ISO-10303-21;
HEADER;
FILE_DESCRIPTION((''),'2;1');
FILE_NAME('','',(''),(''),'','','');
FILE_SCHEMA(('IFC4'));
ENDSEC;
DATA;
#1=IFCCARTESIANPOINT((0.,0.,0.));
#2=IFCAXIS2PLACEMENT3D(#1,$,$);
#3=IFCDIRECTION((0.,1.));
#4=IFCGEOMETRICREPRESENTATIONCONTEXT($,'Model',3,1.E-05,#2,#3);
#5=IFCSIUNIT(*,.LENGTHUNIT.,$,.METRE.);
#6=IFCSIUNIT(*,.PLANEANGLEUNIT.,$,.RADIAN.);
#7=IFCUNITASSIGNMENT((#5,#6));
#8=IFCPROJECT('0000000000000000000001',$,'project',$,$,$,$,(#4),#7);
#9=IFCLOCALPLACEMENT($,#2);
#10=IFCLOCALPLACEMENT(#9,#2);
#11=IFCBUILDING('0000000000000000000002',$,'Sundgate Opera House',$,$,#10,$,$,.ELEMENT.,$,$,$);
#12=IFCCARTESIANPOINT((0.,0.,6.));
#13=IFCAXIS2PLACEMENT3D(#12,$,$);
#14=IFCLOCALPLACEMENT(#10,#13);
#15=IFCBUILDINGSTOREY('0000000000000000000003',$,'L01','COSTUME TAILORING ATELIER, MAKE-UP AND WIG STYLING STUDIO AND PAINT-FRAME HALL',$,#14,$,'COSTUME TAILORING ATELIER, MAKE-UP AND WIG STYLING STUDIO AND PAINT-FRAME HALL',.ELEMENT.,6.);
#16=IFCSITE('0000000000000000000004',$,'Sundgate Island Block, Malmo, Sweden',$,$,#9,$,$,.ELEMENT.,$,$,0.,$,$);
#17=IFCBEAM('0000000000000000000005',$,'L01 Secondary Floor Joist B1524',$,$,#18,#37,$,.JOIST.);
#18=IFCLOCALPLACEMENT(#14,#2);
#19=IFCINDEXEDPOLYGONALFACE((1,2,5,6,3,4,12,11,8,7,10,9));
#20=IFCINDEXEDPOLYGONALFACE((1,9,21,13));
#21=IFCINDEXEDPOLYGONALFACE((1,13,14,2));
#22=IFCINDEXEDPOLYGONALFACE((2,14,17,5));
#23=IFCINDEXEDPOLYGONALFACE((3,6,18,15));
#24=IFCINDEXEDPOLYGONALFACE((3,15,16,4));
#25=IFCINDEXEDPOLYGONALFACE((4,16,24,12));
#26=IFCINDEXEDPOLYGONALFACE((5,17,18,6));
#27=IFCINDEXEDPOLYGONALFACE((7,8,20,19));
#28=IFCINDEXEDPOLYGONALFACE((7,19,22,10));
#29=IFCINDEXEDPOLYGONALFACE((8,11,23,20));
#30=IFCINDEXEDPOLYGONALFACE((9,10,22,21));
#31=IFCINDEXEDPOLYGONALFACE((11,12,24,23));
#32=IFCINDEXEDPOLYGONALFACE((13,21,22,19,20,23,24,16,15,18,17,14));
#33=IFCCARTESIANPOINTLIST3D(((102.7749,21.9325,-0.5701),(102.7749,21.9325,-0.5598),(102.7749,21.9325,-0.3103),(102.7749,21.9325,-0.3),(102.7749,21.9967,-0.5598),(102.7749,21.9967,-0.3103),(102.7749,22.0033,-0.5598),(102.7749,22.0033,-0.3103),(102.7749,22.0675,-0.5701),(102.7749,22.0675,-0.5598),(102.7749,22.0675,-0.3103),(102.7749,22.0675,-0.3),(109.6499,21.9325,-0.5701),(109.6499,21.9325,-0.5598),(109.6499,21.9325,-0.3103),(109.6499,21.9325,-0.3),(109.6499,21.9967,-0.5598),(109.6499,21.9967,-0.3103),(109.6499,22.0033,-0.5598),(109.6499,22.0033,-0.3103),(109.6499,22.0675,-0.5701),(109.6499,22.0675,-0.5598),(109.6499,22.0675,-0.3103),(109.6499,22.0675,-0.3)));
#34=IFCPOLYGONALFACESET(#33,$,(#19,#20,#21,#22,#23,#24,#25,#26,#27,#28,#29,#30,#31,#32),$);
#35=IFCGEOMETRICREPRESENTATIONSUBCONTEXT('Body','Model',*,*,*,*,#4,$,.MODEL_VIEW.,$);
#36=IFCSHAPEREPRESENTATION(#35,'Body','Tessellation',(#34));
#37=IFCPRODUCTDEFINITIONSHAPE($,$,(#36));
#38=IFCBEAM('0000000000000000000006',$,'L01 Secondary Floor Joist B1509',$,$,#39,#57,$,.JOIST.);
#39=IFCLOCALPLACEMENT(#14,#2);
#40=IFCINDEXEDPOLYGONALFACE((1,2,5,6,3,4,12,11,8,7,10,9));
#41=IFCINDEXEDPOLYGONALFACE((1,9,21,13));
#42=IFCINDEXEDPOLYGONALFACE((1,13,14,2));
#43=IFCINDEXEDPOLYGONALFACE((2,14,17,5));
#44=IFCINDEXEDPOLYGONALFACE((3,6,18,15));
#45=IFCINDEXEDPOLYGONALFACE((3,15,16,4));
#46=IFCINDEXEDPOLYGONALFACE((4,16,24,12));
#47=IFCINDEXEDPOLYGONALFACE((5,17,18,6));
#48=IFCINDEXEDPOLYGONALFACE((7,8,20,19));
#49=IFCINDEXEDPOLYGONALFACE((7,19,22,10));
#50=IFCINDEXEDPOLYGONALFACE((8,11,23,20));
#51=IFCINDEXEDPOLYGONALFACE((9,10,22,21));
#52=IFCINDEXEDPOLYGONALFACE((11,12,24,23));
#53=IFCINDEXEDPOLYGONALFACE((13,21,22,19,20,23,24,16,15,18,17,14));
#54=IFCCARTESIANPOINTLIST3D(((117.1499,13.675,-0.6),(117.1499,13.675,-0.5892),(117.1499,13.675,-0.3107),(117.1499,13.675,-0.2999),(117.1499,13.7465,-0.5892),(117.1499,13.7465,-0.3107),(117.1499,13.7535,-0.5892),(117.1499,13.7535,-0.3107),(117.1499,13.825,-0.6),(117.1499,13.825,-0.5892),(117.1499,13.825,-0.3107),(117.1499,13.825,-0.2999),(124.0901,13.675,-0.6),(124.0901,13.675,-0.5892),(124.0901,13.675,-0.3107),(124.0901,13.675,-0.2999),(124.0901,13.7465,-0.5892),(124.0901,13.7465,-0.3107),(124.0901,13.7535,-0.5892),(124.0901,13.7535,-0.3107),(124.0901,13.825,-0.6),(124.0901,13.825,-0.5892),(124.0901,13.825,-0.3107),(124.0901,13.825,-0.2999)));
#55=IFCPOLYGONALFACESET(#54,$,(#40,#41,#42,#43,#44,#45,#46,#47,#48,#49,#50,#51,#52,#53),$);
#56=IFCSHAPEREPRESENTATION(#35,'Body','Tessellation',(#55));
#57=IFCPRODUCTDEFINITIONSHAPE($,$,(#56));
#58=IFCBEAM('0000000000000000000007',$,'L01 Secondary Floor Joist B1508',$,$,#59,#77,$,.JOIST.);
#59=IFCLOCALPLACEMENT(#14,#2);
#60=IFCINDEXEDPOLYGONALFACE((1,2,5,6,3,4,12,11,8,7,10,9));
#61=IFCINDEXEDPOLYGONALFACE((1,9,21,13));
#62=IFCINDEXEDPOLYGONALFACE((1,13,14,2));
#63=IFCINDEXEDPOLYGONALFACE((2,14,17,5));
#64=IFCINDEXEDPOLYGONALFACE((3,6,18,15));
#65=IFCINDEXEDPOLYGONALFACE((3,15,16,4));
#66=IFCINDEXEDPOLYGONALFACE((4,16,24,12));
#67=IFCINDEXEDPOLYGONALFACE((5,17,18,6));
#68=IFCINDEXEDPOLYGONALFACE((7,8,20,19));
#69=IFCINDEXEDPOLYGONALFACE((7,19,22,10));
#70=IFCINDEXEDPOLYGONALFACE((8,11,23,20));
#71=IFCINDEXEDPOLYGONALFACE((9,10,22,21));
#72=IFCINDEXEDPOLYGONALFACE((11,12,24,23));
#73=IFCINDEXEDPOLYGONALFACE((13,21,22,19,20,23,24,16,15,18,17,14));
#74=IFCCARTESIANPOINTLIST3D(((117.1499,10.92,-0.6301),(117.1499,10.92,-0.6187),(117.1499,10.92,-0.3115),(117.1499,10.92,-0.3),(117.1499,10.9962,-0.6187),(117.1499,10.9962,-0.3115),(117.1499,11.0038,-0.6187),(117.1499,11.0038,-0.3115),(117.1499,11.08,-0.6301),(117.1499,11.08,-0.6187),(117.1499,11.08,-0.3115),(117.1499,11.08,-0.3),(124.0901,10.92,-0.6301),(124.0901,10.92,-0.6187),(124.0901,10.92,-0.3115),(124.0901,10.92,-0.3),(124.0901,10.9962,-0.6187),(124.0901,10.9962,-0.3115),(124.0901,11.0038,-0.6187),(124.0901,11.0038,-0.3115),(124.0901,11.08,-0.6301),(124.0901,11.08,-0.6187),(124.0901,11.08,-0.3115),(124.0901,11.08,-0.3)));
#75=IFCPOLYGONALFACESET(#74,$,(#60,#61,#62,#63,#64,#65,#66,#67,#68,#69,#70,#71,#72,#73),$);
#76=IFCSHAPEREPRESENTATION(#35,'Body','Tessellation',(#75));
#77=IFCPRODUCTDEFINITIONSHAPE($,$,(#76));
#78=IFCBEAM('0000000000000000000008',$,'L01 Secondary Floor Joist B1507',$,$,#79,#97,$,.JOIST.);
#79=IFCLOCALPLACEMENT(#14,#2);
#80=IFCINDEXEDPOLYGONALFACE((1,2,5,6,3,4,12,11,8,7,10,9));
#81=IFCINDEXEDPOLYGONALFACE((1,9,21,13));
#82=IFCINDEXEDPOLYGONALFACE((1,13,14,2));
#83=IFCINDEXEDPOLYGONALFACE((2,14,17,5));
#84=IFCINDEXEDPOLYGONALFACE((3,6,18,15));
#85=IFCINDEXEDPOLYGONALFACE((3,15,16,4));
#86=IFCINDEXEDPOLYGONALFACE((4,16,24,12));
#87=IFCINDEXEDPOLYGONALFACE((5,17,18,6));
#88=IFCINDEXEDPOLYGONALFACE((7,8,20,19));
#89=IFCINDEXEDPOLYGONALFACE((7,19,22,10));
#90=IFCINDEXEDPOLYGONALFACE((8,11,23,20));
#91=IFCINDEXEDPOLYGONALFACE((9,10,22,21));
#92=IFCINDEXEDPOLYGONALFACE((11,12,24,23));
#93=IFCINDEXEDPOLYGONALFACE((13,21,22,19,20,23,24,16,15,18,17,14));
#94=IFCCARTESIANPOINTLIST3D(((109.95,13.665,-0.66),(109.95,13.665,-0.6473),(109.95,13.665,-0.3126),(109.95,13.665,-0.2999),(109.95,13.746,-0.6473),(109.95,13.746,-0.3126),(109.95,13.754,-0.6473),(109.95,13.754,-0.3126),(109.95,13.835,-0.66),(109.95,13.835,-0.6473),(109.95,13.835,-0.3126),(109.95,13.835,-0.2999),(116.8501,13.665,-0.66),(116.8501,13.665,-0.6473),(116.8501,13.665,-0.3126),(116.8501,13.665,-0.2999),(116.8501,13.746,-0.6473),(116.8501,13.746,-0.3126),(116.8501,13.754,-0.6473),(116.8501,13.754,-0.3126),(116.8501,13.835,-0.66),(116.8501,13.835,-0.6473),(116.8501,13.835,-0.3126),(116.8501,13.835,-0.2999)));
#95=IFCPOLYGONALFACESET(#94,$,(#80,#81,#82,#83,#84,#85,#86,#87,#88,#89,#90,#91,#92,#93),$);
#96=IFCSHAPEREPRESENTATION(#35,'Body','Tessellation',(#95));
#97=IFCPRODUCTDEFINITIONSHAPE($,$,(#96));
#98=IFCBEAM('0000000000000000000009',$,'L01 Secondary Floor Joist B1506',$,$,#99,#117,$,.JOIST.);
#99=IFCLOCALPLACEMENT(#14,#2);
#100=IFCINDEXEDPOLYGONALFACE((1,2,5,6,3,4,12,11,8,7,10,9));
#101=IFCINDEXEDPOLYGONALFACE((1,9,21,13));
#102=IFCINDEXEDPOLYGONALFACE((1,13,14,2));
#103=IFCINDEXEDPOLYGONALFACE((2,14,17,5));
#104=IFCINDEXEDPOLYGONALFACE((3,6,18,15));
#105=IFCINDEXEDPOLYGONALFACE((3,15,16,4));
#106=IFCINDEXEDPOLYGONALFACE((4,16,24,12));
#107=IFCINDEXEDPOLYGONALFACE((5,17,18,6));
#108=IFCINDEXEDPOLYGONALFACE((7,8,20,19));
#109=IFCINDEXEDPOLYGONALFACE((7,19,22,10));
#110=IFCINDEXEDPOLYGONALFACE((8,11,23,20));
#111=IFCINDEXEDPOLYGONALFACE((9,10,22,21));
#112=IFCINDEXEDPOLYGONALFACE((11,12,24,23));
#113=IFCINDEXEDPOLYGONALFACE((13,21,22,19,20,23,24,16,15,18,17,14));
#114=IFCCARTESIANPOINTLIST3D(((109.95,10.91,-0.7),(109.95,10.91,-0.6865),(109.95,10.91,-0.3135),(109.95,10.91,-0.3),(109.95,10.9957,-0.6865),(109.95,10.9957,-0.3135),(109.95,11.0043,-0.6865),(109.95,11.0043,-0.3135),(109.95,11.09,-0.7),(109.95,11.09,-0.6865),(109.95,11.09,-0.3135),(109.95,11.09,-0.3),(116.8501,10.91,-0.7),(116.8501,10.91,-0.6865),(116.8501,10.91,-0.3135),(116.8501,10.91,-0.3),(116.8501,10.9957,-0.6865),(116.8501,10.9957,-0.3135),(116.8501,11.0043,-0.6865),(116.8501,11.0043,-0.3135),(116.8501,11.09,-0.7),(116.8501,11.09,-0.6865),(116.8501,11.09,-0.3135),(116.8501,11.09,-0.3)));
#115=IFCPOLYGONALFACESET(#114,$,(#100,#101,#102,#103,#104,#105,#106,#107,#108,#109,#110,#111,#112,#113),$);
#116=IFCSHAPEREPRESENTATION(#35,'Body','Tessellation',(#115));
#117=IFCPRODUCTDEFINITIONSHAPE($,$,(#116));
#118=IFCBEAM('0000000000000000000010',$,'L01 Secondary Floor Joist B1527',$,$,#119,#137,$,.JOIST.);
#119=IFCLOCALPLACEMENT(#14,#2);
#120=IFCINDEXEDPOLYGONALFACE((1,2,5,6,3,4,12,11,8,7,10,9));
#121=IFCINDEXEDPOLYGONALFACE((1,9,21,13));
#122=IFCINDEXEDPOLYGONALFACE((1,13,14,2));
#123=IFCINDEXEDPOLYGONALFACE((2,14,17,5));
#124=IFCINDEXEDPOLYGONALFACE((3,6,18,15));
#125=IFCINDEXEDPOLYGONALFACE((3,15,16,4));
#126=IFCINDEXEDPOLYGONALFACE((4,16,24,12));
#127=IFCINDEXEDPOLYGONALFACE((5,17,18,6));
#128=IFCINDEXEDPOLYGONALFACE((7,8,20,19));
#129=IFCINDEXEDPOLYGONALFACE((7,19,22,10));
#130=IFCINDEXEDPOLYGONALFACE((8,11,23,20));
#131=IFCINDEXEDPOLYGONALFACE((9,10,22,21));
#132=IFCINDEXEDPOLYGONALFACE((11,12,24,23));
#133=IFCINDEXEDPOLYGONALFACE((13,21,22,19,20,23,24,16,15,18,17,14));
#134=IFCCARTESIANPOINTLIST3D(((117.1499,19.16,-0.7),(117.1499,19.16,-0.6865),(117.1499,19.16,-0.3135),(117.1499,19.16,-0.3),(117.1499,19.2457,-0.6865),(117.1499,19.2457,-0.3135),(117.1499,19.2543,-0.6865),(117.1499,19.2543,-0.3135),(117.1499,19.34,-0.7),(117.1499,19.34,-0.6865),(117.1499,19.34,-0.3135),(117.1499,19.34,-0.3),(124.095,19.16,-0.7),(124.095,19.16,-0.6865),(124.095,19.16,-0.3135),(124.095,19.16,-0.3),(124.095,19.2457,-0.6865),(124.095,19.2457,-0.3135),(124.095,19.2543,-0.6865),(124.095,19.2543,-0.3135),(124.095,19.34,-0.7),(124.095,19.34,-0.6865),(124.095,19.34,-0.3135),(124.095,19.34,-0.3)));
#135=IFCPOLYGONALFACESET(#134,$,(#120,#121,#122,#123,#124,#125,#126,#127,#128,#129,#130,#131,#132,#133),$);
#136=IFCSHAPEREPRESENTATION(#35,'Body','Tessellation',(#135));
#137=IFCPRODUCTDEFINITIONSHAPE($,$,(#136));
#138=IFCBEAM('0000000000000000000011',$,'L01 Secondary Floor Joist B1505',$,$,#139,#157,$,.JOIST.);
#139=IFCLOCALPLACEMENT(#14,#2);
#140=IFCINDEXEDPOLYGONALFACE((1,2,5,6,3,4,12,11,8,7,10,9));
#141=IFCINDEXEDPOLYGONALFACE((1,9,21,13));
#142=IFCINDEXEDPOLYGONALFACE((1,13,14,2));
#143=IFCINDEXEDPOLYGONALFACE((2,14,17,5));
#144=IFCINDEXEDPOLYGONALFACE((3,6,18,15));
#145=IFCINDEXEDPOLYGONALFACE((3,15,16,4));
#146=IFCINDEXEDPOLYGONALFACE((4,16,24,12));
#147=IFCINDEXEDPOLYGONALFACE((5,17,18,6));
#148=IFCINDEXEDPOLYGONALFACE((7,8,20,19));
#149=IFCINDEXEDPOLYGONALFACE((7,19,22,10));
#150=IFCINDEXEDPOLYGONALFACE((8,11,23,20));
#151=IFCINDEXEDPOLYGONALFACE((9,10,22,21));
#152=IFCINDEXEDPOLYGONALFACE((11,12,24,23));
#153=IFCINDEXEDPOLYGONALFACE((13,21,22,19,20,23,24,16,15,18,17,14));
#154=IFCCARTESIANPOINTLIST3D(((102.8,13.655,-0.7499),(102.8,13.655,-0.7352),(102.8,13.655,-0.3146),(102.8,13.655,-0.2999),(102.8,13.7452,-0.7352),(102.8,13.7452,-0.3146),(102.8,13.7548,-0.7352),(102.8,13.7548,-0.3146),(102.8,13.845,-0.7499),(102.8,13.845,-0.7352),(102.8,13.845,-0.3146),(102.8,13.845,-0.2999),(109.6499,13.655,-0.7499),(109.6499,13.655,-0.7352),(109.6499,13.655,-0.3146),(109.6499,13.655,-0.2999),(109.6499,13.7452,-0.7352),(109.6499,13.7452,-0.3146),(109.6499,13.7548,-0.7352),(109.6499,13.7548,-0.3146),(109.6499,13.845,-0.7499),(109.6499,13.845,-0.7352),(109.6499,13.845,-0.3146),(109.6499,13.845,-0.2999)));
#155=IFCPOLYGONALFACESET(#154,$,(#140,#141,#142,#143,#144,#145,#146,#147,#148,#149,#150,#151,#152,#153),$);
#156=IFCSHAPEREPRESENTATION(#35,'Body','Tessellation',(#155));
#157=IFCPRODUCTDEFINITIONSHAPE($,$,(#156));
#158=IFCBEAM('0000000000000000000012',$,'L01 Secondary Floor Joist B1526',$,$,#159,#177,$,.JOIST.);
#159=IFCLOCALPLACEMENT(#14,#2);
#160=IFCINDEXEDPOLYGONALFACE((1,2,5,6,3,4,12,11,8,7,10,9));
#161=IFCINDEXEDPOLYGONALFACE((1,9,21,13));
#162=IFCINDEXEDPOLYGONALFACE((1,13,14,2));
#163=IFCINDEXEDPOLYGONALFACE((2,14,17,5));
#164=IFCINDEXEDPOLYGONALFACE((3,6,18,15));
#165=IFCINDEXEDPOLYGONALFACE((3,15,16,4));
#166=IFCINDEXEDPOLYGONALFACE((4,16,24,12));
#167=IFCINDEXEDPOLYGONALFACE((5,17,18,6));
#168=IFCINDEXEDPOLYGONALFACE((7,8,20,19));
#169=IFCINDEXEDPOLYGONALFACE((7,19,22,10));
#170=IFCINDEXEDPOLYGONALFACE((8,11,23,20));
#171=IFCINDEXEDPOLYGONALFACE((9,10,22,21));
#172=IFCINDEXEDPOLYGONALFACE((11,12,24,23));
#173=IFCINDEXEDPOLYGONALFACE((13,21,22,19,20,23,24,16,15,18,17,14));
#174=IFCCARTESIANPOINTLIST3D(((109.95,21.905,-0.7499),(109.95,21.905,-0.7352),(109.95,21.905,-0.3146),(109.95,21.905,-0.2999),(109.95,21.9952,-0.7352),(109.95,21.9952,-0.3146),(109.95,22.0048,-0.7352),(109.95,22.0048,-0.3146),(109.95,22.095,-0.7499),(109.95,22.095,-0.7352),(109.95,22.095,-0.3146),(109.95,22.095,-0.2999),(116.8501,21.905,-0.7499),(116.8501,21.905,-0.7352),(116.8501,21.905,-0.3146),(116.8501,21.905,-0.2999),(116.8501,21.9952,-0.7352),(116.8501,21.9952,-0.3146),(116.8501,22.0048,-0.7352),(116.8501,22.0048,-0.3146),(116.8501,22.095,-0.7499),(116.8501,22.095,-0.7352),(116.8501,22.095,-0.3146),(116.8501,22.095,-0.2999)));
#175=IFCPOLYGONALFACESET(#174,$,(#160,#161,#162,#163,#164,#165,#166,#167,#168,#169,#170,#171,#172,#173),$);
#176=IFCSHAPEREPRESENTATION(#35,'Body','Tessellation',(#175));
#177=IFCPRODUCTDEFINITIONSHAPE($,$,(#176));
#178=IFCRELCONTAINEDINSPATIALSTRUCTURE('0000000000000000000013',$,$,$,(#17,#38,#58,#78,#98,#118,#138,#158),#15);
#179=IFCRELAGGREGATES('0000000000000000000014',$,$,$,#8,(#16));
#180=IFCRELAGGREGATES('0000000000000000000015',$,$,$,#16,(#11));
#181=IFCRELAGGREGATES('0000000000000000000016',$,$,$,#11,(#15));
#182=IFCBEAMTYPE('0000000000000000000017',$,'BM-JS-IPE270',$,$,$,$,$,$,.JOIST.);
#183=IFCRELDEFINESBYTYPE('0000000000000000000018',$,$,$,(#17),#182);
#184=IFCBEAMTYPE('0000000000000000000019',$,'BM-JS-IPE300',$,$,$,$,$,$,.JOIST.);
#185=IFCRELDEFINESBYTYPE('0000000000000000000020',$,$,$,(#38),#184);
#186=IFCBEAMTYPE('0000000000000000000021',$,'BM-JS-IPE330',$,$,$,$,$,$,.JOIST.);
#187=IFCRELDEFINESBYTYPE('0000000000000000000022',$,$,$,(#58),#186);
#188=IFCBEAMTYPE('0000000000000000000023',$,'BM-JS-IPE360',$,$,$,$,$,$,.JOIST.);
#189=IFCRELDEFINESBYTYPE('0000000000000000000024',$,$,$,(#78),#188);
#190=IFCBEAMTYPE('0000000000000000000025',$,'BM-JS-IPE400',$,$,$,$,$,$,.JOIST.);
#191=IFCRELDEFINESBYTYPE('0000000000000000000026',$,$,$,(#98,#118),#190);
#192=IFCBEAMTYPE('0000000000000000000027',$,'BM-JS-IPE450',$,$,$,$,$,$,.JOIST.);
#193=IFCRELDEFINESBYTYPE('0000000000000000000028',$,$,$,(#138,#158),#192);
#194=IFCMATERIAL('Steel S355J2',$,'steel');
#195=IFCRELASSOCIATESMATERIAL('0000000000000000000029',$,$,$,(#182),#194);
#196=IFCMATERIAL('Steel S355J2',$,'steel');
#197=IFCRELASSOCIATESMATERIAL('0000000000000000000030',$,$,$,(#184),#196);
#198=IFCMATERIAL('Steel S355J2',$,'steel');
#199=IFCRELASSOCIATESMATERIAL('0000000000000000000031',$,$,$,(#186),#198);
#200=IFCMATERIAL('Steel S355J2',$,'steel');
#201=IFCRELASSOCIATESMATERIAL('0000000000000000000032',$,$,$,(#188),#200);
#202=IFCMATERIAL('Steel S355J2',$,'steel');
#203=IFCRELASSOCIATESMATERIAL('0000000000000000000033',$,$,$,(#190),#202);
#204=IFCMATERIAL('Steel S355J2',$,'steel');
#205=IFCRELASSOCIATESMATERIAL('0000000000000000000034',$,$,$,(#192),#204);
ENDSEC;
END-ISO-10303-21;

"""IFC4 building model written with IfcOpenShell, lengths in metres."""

from ifc_helpers import new_model, si_unit, direction, frame, origin, origin_2d, place, context, subcontext, project, spatial, i_section, extrude, material, material_profile, profile_set, type_object, element, save


model = new_model("IFC4")

# Units and contexts
model_context = context("Model", 3, precision=1e-05, world=origin(), true_north=direction((0.0, 1.0)))
body_context = subcontext(model_context, "Body", "Model", "MODEL_VIEW")
ifc_project = project(units=[si_unit("LENGTHUNIT", "METRE"), si_unit("PLANEANGLEUNIT", "RADIAN")], contexts=[model_context])

# Site, building, storey
site_placement = place(None, origin())
site = spatial("IfcSite", under=ifc_project, at=site_placement, Name="Sundgate Island Block, Malmo, Sweden", CompositionType="ELEMENT", RefElevation=0.0)
building_placement = place(site_placement, origin())
building = spatial("IfcBuilding", under=site, at=building_placement, Name="Sundgate Opera House", CompositionType="ELEMENT")
storey_placement = place(building_placement, frame((0.0, 0.0, 6.0)))
storey = spatial("IfcBuildingStorey", under=building, at=storey_placement, Name="L01", Description="COSTUME TAILORING ATELIER, MAKE-UP AND WIG STYLING STUDIO AND PAINT-FRAME HALL", LongName="COSTUME TAILORING ATELIER, MAKE-UP AND WIG STYLING STUDIO AND PAINT-FRAME HALL", CompositionType="ELEMENT", Elevation=6.0)

# Beams
ifc_material_1 = material(Name="Steel S355J2", Category="steel")
ifc_material_profile_1 = material_profile(ifc_material_1, i_section(OverallWidth=0.135, OverallDepth=0.27, WebThickness=0.0066, FlangeThickness=0.0103, at=origin_2d()), Name="IPE 270")
ifc_profile_set_1 = profile_set([ifc_material_profile_1], Name="Steel S355J2")
beam_type_1 = type_object("IfcBeamType", Name="BM-JS-IPE270", PredefinedType="JOIST", material=ifc_profile_set_1)
beam_1_placement = place(storey_placement, frame((102.7749, 22.0, -0.4351), z_axis=(1.0, 0.0, 0.0), x_axis=(0.0, 1.0, 0.0)))
element("IfcBeam", 1, at=beam_1_placement, inside=storey, type_object=beam_type_1, Name="L01 Secondary Floor Joist B1524", PredefinedType="JOIST", context=body_context, shape_type="SweptSolid", body=[
    extrude(i_section(OverallWidth=0.135, OverallDepth=0.27, WebThickness=0.0066, FlangeThickness=0.0103, at=origin_2d()), origin(), (0.0, 0.0, 1.0), 6.875),
])
ifc_material_2 = material(Name="Steel S355J2", Category="steel")
ifc_material_profile_2 = material_profile(ifc_material_2, i_section(OverallWidth=0.1499, OverallDepth=0.3, WebThickness=0.0071, FlangeThickness=0.0107, at=origin_2d()), Name="IPE 300")
ifc_profile_set_2 = profile_set([ifc_material_profile_2], Name="Steel S355J2")
beam_type_2 = type_object("IfcBeamType", Name="BM-JS-IPE300", PredefinedType="JOIST", material=ifc_profile_set_2)
beam_2_placement = place(storey_placement, frame((117.1499, 13.75, -0.45), z_axis=(1.0, 0.0, 0.0), x_axis=(0.0, 1.0, 0.0)))
element("IfcBeam", 2, at=beam_2_placement, inside=storey, type_object=beam_type_2, Name="L01 Secondary Floor Joist B1509", PredefinedType="JOIST", context=body_context, shape_type="SweptSolid", body=[
    extrude(i_section(OverallWidth=0.1499, OverallDepth=0.3, WebThickness=0.0071, FlangeThickness=0.0107, at=origin_2d()), origin(), (0.0, 0.0, 1.0), 6.9402),
])
ifc_material_3 = material(Name="Steel S355J2", Category="steel")
ifc_material_profile_3 = material_profile(ifc_material_3, i_section(OverallWidth=0.1599, OverallDepth=0.3301, WebThickness=0.0076, FlangeThickness=0.0115, at=origin_2d()), Name="IPE 330")
ifc_profile_set_3 = profile_set([ifc_material_profile_3], Name="Steel S355J2")
beam_type_3 = type_object("IfcBeamType", Name="BM-JS-IPE330", PredefinedType="JOIST", material=ifc_profile_set_3)
beam_3_placement = place(storey_placement, frame((117.1499, 11.0, -0.4651), z_axis=(1.0, 0.0, 0.0), x_axis=(0.0, 1.0, 0.0)))
element("IfcBeam", 3, at=beam_3_placement, inside=storey, type_object=beam_type_3, Name="L01 Secondary Floor Joist B1508", PredefinedType="JOIST", context=body_context, shape_type="SweptSolid", body=[
    extrude(i_section(OverallWidth=0.1599, OverallDepth=0.3301, WebThickness=0.0076, FlangeThickness=0.0115, at=origin_2d()), origin(), (0.0, 0.0, 1.0), 6.9402),
])
ifc_material_4 = material(Name="Steel S355J2", Category="steel")
ifc_material_profile_4 = material_profile(ifc_material_4, i_section(OverallWidth=0.1699, OverallDepth=0.3601, WebThickness=0.0081, FlangeThickness=0.0127, at=origin_2d()), Name="IPE 360")
ifc_profile_set_4 = profile_set([ifc_material_profile_4], Name="Steel S355J2")
beam_type_4 = type_object("IfcBeamType", Name="BM-JS-IPE360", PredefinedType="JOIST", material=ifc_profile_set_4)
beam_4_placement = place(storey_placement, frame((109.95, 13.75, -0.48), z_axis=(1.0, 0.0, 0.0), x_axis=(0.0, 1.0, 0.0)))
element("IfcBeam", 4, at=beam_4_placement, inside=storey, type_object=beam_type_4, Name="L01 Secondary Floor Joist B1507", PredefinedType="JOIST", context=body_context, shape_type="SweptSolid", body=[
    extrude(i_section(OverallWidth=0.1699, OverallDepth=0.3601, WebThickness=0.0081, FlangeThickness=0.0127, at=origin_2d()), origin(), (0.0, 0.0, 1.0), 6.9001),
])
ifc_material_5 = material(Name="Steel S355J2", Category="steel")
ifc_material_profile_5 = material_profile(ifc_material_5, i_section(OverallWidth=0.1799, OverallDepth=0.3999, WebThickness=0.0085, FlangeThickness=0.0134, at=origin_2d()), Name="IPE 400")
ifc_profile_set_5 = profile_set([ifc_material_profile_5], Name="Steel S355J2")
beam_type_5 = type_object("IfcBeamType", Name="BM-JS-IPE400", PredefinedType="JOIST", material=ifc_profile_set_5)
beam_5_placement = place(storey_placement, frame((109.95, 11.0, -0.5), z_axis=(1.0, 0.0, 0.0), x_axis=(0.0, 1.0, 0.0)))
element("IfcBeam", 5, at=beam_5_placement, inside=storey, type_object=beam_type_5, Name="L01 Secondary Floor Joist B1506", PredefinedType="JOIST", context=body_context, shape_type="SweptSolid", body=[
    extrude(i_section(OverallWidth=0.1799, OverallDepth=0.3999, WebThickness=0.0085, FlangeThickness=0.0134, at=origin_2d()), origin(), (0.0, 0.0, 1.0), 6.9001),
])
beam_6_placement = place(storey_placement, frame((117.1499, 19.25, -0.5), z_axis=(1.0, 0.0, 0.0), x_axis=(0.0, 1.0, 0.0)))
element("IfcBeam", 6, at=beam_6_placement, inside=storey, type_object=beam_type_5, Name="L01 Secondary Floor Joist B1527", PredefinedType="JOIST", context=body_context, shape_type="SweptSolid", body=[
    extrude(i_section(OverallWidth=0.1799, OverallDepth=0.3999, WebThickness=0.0085, FlangeThickness=0.0134, at=origin_2d()), origin(), (0.0, 0.0, 1.0), 6.9451),
])
ifc_material_6 = material(Name="Steel S355J2", Category="steel")
ifc_material_profile_6 = material_profile(ifc_material_6, i_section(OverallWidth=0.1899, OverallDepth=0.45, WebThickness=0.0095, FlangeThickness=0.0146, at=origin_2d()), Name="IPE 450")
ifc_profile_set_6 = profile_set([ifc_material_profile_6], Name="Steel S355J2")
beam_type_6 = type_object("IfcBeamType", Name="BM-JS-IPE450", PredefinedType="JOIST", material=ifc_profile_set_6)
beam_7_placement = place(storey_placement, frame((102.8, 13.75, -0.5249), z_axis=(1.0, 0.0, 0.0), x_axis=(0.0, 1.0, 0.0)))
element("IfcBeam", 7, at=beam_7_placement, inside=storey, type_object=beam_type_6, Name="L01 Secondary Floor Joist B1505", PredefinedType="JOIST", context=body_context, shape_type="SweptSolid", body=[
    extrude(i_section(OverallWidth=0.1899, OverallDepth=0.45, WebThickness=0.0095, FlangeThickness=0.0146, at=origin_2d()), origin(), (0.0, 0.0, 1.0), 6.8499),
])
beam_8_placement = place(storey_placement, frame((109.95, 22.0, -0.5249), z_axis=(1.0, 0.0, 0.0), x_axis=(0.0, 1.0, 0.0)))
element("IfcBeam", 8, at=beam_8_placement, inside=storey, type_object=beam_type_6, Name="L01 Secondary Floor Joist B1526", PredefinedType="JOIST", context=body_context, shape_type="SweptSolid", body=[
    extrude(i_section(OverallWidth=0.1899, OverallDepth=0.45, WebThickness=0.0095, FlangeThickness=0.0146, at=origin_2d()), origin(), (0.0, 0.0, 1.0), 6.9001),
])

save(model, "model.ifc")
